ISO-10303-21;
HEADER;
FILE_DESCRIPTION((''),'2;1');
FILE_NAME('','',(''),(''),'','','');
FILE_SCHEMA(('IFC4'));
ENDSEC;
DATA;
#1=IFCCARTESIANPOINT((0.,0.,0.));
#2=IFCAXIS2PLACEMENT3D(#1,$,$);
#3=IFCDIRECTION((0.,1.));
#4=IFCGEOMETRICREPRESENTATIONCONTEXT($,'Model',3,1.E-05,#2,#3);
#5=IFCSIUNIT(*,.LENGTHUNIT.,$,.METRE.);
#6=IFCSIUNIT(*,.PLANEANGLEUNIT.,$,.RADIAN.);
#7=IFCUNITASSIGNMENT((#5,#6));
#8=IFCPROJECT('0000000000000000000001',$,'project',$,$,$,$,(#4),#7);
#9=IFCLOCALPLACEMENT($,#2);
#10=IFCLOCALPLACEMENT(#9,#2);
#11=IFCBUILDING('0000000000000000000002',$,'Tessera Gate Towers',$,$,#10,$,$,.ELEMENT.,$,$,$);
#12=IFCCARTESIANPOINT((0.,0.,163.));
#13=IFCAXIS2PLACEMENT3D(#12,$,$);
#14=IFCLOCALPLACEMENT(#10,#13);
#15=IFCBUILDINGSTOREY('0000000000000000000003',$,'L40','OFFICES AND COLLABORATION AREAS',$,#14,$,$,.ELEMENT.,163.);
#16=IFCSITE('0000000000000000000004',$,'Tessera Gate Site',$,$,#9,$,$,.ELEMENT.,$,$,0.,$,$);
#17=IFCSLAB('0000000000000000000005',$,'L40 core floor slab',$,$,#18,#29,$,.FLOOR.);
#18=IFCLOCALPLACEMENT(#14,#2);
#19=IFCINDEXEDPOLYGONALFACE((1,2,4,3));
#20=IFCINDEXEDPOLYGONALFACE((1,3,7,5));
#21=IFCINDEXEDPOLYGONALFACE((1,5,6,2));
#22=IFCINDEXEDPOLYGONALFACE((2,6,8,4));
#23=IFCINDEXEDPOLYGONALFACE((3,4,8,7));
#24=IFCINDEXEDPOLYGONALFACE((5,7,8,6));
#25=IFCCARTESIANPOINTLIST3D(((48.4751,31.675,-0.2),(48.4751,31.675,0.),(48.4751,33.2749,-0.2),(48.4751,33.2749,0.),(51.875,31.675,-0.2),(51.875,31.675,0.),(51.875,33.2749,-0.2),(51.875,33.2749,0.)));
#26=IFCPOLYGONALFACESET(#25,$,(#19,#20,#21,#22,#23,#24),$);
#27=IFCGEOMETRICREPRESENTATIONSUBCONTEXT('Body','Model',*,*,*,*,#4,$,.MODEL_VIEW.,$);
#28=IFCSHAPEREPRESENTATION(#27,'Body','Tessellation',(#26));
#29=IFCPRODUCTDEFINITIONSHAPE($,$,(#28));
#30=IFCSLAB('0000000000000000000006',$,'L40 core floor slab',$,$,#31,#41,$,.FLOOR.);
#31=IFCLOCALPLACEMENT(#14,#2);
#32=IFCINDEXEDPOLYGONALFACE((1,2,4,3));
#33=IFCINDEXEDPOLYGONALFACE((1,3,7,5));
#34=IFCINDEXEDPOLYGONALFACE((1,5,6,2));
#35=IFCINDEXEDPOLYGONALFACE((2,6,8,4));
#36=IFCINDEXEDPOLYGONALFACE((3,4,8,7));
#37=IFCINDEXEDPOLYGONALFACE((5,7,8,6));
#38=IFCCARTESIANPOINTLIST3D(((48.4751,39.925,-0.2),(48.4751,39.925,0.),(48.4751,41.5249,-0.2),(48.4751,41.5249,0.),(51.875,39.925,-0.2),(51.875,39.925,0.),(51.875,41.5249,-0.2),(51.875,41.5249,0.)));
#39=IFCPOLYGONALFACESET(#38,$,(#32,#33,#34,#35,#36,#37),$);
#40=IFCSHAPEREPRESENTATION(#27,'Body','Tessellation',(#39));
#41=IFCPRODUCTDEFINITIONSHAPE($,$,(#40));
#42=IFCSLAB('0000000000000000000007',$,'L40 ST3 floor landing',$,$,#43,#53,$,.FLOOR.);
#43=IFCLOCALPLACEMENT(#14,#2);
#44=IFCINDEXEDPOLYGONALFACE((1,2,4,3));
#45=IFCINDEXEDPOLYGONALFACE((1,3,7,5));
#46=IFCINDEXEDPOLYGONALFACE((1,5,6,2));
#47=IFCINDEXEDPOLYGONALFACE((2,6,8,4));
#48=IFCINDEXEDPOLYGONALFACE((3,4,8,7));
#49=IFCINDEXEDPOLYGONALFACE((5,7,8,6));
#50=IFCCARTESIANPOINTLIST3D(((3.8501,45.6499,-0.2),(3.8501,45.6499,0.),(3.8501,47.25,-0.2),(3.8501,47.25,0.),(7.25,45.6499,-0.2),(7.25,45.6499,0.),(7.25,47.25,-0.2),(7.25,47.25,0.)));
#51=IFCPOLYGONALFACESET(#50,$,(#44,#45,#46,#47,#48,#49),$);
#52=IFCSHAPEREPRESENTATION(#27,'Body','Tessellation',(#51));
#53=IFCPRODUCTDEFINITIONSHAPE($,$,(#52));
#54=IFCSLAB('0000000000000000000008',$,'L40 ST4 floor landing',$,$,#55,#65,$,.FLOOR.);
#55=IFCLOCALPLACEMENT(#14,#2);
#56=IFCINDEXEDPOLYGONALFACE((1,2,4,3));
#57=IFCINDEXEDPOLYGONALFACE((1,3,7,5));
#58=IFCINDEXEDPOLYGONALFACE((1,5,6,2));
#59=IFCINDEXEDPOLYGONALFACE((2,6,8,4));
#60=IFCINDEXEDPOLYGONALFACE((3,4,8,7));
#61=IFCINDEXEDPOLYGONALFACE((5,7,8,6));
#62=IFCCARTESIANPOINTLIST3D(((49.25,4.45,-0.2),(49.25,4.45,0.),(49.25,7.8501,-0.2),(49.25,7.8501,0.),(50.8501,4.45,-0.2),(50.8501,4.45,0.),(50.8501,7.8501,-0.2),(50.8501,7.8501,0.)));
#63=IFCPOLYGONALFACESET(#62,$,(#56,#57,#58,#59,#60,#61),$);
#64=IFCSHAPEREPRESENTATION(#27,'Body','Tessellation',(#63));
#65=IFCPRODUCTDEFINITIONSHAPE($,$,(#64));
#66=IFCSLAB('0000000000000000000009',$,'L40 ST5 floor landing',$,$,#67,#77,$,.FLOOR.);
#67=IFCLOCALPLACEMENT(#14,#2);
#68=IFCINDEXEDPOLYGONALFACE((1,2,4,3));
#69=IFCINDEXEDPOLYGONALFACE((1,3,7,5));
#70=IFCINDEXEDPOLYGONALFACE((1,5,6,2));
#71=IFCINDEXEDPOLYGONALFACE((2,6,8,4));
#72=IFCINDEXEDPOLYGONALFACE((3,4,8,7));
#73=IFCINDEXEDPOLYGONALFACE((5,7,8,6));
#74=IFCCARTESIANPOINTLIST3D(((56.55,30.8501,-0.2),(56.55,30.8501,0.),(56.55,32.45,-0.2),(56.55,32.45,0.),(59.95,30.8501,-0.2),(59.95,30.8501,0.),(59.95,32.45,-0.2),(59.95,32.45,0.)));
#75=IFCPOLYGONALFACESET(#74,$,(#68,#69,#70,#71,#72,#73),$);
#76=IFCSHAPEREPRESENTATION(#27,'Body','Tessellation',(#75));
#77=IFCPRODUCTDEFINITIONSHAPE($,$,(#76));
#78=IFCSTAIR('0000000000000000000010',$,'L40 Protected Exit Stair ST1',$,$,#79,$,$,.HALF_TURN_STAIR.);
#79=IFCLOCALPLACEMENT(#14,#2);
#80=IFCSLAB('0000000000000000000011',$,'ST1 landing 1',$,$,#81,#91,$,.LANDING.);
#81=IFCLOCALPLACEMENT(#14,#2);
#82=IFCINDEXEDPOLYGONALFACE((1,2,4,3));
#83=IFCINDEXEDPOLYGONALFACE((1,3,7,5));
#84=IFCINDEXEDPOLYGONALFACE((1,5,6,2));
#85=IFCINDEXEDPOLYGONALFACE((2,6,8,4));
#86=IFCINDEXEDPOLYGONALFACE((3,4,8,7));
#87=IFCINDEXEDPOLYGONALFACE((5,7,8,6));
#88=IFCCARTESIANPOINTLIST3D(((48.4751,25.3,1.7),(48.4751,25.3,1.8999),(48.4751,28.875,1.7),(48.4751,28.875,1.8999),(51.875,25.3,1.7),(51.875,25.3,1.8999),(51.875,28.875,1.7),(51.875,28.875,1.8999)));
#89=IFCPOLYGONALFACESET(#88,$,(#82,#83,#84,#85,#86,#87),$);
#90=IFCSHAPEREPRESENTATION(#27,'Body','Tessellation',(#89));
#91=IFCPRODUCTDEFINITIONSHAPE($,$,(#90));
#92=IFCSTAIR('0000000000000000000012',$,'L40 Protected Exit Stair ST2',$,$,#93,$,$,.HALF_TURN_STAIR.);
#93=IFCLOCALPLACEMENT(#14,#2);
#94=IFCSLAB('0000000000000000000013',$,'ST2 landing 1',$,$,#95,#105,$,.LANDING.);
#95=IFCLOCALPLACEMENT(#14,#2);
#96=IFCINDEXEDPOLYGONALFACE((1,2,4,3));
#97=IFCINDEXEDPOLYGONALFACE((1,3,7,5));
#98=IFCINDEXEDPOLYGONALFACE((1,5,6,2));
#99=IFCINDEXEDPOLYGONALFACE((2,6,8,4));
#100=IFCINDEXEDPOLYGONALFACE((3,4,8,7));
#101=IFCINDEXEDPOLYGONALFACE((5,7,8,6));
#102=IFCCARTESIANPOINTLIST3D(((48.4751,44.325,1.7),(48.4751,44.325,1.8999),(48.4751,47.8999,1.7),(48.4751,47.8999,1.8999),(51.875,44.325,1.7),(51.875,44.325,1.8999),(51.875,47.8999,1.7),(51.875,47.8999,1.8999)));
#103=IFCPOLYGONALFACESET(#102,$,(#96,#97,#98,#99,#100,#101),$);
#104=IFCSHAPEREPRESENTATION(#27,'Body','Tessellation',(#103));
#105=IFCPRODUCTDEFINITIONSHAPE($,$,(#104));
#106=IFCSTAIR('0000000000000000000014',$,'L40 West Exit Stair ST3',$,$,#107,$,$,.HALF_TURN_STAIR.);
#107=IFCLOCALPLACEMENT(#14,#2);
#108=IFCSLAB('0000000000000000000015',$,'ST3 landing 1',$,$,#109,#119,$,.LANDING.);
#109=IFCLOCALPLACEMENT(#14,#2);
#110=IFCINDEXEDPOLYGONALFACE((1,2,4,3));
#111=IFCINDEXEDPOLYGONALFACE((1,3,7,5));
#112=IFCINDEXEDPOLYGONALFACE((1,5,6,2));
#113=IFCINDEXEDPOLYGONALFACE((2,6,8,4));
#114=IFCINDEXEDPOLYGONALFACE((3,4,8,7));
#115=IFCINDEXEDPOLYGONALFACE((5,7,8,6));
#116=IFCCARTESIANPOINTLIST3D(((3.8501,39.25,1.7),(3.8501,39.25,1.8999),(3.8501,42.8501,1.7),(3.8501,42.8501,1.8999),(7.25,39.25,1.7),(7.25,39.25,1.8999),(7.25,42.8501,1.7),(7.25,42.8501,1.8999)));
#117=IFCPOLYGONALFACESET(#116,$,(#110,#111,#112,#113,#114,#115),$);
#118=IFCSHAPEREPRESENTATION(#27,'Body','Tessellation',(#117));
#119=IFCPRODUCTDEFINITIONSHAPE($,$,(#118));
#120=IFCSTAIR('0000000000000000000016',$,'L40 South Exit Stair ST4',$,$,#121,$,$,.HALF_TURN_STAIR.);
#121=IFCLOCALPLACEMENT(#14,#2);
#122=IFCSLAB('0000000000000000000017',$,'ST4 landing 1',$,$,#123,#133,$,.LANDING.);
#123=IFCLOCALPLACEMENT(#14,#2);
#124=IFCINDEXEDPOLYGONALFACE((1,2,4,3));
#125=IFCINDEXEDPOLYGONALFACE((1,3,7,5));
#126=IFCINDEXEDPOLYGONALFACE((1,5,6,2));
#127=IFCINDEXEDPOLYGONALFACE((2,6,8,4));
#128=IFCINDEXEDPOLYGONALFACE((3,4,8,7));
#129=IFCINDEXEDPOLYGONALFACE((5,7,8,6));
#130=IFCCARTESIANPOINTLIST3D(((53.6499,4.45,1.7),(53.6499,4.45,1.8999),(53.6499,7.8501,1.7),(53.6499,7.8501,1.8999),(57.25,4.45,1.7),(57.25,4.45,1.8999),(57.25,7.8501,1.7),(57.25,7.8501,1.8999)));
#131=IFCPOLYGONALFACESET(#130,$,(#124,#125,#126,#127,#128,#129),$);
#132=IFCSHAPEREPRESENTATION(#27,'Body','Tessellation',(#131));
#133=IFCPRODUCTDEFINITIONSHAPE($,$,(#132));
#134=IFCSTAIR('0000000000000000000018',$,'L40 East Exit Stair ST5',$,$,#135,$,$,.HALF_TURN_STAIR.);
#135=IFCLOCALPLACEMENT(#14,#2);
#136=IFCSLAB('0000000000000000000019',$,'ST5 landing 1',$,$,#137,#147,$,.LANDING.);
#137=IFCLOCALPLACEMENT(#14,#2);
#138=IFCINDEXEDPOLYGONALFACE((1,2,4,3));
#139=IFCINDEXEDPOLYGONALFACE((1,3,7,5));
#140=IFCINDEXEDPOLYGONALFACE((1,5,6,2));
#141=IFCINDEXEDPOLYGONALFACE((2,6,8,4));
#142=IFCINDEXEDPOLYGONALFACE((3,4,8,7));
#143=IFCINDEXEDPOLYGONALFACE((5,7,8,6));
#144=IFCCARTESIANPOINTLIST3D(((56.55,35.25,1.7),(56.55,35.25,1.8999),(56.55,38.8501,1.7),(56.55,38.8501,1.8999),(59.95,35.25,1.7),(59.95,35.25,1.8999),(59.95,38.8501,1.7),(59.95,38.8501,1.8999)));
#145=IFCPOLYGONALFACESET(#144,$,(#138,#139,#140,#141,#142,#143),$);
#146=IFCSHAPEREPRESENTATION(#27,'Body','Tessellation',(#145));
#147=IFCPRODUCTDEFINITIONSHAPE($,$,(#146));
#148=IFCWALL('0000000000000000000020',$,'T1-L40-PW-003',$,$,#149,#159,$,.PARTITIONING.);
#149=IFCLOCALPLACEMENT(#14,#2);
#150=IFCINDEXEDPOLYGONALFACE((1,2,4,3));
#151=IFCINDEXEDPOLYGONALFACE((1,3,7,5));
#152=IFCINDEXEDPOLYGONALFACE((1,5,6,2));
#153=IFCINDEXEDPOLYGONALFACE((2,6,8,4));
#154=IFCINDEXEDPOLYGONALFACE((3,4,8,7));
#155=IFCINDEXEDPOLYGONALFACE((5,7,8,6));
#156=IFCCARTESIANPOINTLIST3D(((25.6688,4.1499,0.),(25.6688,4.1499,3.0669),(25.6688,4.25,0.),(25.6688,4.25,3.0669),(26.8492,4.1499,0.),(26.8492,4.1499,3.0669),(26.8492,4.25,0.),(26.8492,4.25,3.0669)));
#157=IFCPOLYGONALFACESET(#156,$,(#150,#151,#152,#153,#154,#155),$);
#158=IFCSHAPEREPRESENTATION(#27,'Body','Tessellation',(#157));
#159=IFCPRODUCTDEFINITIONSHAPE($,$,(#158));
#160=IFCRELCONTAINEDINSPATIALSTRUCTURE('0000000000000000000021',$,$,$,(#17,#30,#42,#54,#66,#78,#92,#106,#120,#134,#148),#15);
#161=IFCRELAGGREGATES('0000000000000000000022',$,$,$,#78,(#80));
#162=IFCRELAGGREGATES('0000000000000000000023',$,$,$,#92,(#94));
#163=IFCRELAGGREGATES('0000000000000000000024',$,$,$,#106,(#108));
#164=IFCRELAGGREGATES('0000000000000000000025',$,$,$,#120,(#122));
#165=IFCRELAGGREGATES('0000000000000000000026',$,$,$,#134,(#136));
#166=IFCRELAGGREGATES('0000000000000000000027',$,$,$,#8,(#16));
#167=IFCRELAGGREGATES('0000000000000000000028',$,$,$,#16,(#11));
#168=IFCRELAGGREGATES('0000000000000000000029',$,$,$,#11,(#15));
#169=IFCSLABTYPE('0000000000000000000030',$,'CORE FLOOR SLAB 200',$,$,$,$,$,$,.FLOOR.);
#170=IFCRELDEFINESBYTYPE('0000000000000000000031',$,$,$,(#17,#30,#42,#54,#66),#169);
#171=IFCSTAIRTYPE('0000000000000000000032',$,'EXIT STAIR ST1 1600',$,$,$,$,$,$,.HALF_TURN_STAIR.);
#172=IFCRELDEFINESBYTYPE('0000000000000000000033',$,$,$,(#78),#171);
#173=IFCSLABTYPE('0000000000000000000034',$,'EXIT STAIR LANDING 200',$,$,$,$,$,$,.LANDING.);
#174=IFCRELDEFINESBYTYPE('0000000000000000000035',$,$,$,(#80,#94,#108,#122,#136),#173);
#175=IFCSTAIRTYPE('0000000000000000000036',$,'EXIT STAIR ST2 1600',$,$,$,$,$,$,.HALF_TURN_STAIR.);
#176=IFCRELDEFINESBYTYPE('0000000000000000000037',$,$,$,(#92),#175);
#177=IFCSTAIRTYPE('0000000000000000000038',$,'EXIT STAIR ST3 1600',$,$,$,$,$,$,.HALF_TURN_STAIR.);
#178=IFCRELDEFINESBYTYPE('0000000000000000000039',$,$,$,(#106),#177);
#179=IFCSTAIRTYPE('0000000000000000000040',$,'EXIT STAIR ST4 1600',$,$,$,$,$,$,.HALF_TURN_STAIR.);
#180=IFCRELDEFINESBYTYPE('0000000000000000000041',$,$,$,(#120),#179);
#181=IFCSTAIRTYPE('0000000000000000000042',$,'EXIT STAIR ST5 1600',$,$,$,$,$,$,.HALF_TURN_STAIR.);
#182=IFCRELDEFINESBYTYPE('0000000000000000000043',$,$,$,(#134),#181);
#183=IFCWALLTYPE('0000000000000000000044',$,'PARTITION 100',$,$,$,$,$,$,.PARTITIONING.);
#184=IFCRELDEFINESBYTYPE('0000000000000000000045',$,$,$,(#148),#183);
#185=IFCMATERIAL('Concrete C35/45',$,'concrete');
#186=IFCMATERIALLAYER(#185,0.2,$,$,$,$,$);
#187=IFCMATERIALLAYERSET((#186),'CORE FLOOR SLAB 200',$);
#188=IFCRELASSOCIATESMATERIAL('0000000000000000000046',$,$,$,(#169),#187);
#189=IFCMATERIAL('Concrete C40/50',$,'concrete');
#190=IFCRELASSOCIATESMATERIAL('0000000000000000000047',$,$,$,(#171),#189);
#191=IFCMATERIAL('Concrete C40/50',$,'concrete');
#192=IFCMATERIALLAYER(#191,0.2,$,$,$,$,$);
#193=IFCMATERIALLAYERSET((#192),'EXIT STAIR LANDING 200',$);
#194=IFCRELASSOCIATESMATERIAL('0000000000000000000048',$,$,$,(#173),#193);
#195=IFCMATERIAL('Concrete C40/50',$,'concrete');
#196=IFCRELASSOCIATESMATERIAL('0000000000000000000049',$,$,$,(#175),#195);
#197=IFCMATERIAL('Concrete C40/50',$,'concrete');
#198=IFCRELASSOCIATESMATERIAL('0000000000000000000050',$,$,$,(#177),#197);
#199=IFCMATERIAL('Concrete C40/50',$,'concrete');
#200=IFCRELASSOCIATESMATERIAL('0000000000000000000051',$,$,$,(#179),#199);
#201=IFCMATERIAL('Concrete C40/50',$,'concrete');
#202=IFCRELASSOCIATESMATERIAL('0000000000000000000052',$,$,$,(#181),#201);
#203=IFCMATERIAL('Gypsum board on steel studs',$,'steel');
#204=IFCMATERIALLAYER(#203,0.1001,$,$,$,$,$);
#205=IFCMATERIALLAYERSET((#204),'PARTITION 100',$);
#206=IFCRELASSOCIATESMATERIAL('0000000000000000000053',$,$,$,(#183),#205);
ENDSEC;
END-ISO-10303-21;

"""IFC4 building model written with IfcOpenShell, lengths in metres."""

from ifc_helpers import new_model, si_unit, direction, frame, frame_2d, origin, place, context, subcontext, project, spatial, polyline, rectangle, outline, extrude, material, layer, layer_set, type_object, element, aggregate, save


model = new_model("IFC4")

# Units and contexts
model_context = context("Model", 3, precision=1e-05, world=origin(), true_north=direction((0.0, 1.0)))
body_context = subcontext(model_context, "Body", "Model", "MODEL_VIEW")
ifc_project = project(units=[si_unit("LENGTHUNIT", "METRE"), si_unit("PLANEANGLEUNIT", "RADIAN")], contexts=[model_context])

# Site, building, storey
site_placement = place(None, origin())
site = spatial("IfcSite", under=ifc_project, at=site_placement, Name="Tessera Gate Site", CompositionType="ELEMENT", RefElevation=0.0)
building_placement = place(site_placement, origin())
building = spatial("IfcBuilding", under=site, at=building_placement, Name="Tessera Gate Towers", CompositionType="ELEMENT")
storey_placement = place(building_placement, frame((0.0, 0.0, 163.0)))
storey = spatial("IfcBuildingStorey", under=building, at=storey_placement, Name="L40", Description="OFFICES AND COLLABORATION AREAS", CompositionType="ELEMENT", Elevation=163.0)

# Slabs
ifc_material_1 = material(Name="Concrete C35/45", Category="concrete")
ifc_layer_1 = layer(ifc_material_1, 0.2)
ifc_layer_set_1 = layer_set([ifc_layer_1], Name="CORE FLOOR SLAB 200")
slab_type_1 = type_object("IfcSlabType", Name="CORE FLOOR SLAB 200", PredefinedType="FLOOR", material=ifc_layer_set_1)
slab_1_placement = place(storey_placement, frame((0.0, 0.0, -0.2)))
element("IfcSlab", 1, at=slab_1_placement, inside=storey, type_object=slab_type_1, Name="L40 core floor slab", PredefinedType="FLOOR", context=body_context, shape_type="SweptSolid", body=[
    extrude(outline(polyline([(51.875, 31.675), (51.875, 33.2749), (48.4751, 33.2749), (48.4751, 31.675), (51.875, 31.675)])), origin(), (0.0, 0.0, 1.0), 0.2),
])
slab_2_placement = place(storey_placement, frame((0.0, 0.0, -0.2)))
element("IfcSlab", 2, at=slab_2_placement, inside=storey, type_object=slab_type_1, Name="L40 core floor slab", PredefinedType="FLOOR", context=body_context, shape_type="SweptSolid", body=[
    extrude(outline(polyline([(48.4751, 41.5249), (48.4751, 39.925), (51.875, 39.925), (51.875, 41.5249), (48.4751, 41.5249)])), origin(), (0.0, 0.0, 1.0), 0.2),
])
slab_3_placement = place(storey_placement, frame((0.0, 0.0, -0.2)))
element("IfcSlab", 3, at=slab_3_placement, inside=storey, type_object=slab_type_1, Name="L40 ST3 floor landing", PredefinedType="FLOOR", context=body_context, shape_type="SweptSolid", body=[
    extrude(outline(polyline([(3.8501, 47.25), (3.8501, 45.6499), (7.25, 45.6499), (7.25, 47.25), (3.8501, 47.25)])), origin(), (0.0, 0.0, 1.0), 0.2),
])
slab_4_placement = place(storey_placement, frame((0.0, 0.0, -0.2)))
element("IfcSlab", 4, at=slab_4_placement, inside=storey, type_object=slab_type_1, Name="L40 ST4 floor landing", PredefinedType="FLOOR", context=body_context, shape_type="SweptSolid", body=[
    extrude(outline(polyline([(49.25, 4.45), (50.8501, 4.45), (50.8501, 7.8501), (49.25, 7.8501), (49.25, 4.45)])), origin(), (0.0, 0.0, 1.0), 0.2),
])
slab_5_placement = place(storey_placement, frame((0.0, 0.0, -0.2)))
element("IfcSlab", 5, at=slab_5_placement, inside=storey, type_object=slab_type_1, Name="L40 ST5 floor landing", PredefinedType="FLOOR", context=body_context, shape_type="SweptSolid", body=[
    extrude(outline(polyline([(59.95, 30.8501), (59.95, 32.45), (56.55, 32.45), (56.55, 30.8501), (59.95, 30.8501)])), origin(), (0.0, 0.0, 1.0), 0.2),
])

# Stairs, slabs
ifc_material_2 = material(Name="Concrete C40/50", Category="concrete")
stair_type_1 = type_object("IfcStairType", Name="EXIT STAIR ST1 1600", PredefinedType="HALF_TURN_STAIR", material=ifc_material_2)
stair_1_placement = place(storey_placement, origin())
stair_1 = element("IfcStair", 6, at=stair_1_placement, inside=storey, type_object=stair_type_1, Name="L40 Protected Exit Stair ST1", PredefinedType="HALF_TURN_STAIR")
ifc_material_3 = material(Name="Concrete C40/50", Category="concrete")
ifc_layer_2 = layer(ifc_material_3, 0.2)
ifc_layer_set_2 = layer_set([ifc_layer_2], Name="EXIT STAIR LANDING 200")
slab_type_2 = type_object("IfcSlabType", Name="EXIT STAIR LANDING 200", PredefinedType="LANDING", material=ifc_layer_set_2)
slab_6_placement = place(storey_placement, frame((0.0, 0.0, 1.7)))
slab_6 = element("IfcSlab", 7, at=slab_6_placement, type_object=slab_type_2, Name="ST1 landing 1", PredefinedType="LANDING", context=body_context, shape_type="SweptSolid", body=[
    extrude(outline(polyline([(48.4751, 28.875), (48.4751, 25.3), (51.875, 25.3), (51.875, 28.875), (48.4751, 28.875)])), origin(), (0.0, 0.0, 1.0), 0.2),
])
aggregate(stair_1, [slab_6])
ifc_material_4 = material(Name="Concrete C40/50", Category="concrete")
stair_type_2 = type_object("IfcStairType", Name="EXIT STAIR ST2 1600", PredefinedType="HALF_TURN_STAIR", material=ifc_material_4)
stair_2_placement = place(storey_placement, origin())
stair_2 = element("IfcStair", 8, at=stair_2_placement, inside=storey, type_object=stair_type_2, Name="L40 Protected Exit Stair ST2", PredefinedType="HALF_TURN_STAIR")
slab_7_placement = place(storey_placement, frame((0.0, 0.0, 1.7)))
slab_7 = element("IfcSlab", 9, at=slab_7_placement, type_object=slab_type_2, Name="ST2 landing 1", PredefinedType="LANDING", context=body_context, shape_type="SweptSolid", body=[
    extrude(outline(polyline([(51.875, 44.325), (51.875, 47.8999), (48.4751, 47.8999), (48.4751, 44.325), (51.875, 44.325)])), origin(), (0.0, 0.0, 1.0), 0.2),
])
aggregate(stair_2, [slab_7])
ifc_material_5 = material(Name="Concrete C40/50", Category="concrete")
stair_type_3 = type_object("IfcStairType", Name="EXIT STAIR ST3 1600", PredefinedType="HALF_TURN_STAIR", material=ifc_material_5)
stair_3_placement = place(storey_placement, origin())
stair_3 = element("IfcStair", 10, at=stair_3_placement, inside=storey, type_object=stair_type_3, Name="L40 West Exit Stair ST3", PredefinedType="HALF_TURN_STAIR")
slab_8_placement = place(storey_placement, frame((0.0, 0.0, 1.7)))
slab_8 = element("IfcSlab", 11, at=slab_8_placement, type_object=slab_type_2, Name="ST3 landing 1", PredefinedType="LANDING", context=body_context, shape_type="SweptSolid", body=[
    extrude(outline(polyline([(3.8501, 42.8501), (3.8501, 39.25), (7.25, 39.25), (7.25, 42.8501), (3.8501, 42.8501)])), origin(), (0.0, 0.0, 1.0), 0.2),
])
aggregate(stair_3, [slab_8])
ifc_material_6 = material(Name="Concrete C40/50", Category="concrete")
stair_type_4 = type_object("IfcStairType", Name="EXIT STAIR ST4 1600", PredefinedType="HALF_TURN_STAIR", material=ifc_material_6)
stair_4_placement = place(storey_placement, origin())
stair_4 = element("IfcStair", 12, at=stair_4_placement, inside=storey, type_object=stair_type_4, Name="L40 South Exit Stair ST4", PredefinedType="HALF_TURN_STAIR")
slab_9_placement = place(storey_placement, frame((0.0, 0.0, 1.7)))
slab_9 = element("IfcSlab", 13, at=slab_9_placement, type_object=slab_type_2, Name="ST4 landing 1", PredefinedType="LANDING", context=body_context, shape_type="SweptSolid", body=[
    extrude(outline(polyline([(53.6499, 4.45), (57.25, 4.45), (57.25, 7.8501), (53.6499, 7.8501), (53.6499, 4.45)])), origin(), (0.0, 0.0, 1.0), 0.2),
])
aggregate(stair_4, [slab_9])
ifc_material_7 = material(Name="Concrete C40/50", Category="concrete")
stair_type_5 = type_object("IfcStairType", Name="EXIT STAIR ST5 1600", PredefinedType="HALF_TURN_STAIR", material=ifc_material_7)
stair_5_placement = place(storey_placement, origin())
stair_5 = element("IfcStair", 14, at=stair_5_placement, inside=storey, type_object=stair_type_5, Name="L40 East Exit Stair ST5", PredefinedType="HALF_TURN_STAIR")
slab_10_placement = place(storey_placement, frame((0.0, 0.0, 1.7)))
slab_10 = element("IfcSlab", 15, at=slab_10_placement, type_object=slab_type_2, Name="ST5 landing 1", PredefinedType="LANDING", context=body_context, shape_type="SweptSolid", body=[
    extrude(outline(polyline([(59.95, 35.25), (59.95, 38.8501), (56.55, 38.8501), (56.55, 35.25), (59.95, 35.25)])), origin(), (0.0, 0.0, 1.0), 0.2),
])
aggregate(stair_5, [slab_10])

# Wall
ifc_material_8 = material(Name="Gypsum board on steel studs", Category="steel")
ifc_layer_3 = layer(ifc_material_8, 0.1001)
ifc_layer_set_3 = layer_set([ifc_layer_3], Name="PARTITION 100")
wall_type_1 = type_object("IfcWallType", Name="PARTITION 100", PredefinedType="PARTITIONING", material=ifc_layer_set_3)
wall_1_placement = place(storey_placement, frame((25.6687, 4.2, 0.0), z_axis=(0.0, 0.0, 1.0), x_axis=(1.0, 0.0, 0.0)))
element("IfcWall", 16, at=wall_1_placement, inside=storey, type_object=wall_type_1, Name="T1-L40-PW-003", PredefinedType="PARTITIONING", context=body_context, shape_type="SweptSolid", body=[
    extrude(rectangle(XDim=1.1804, YDim=0.1001, at=frame_2d((0.5903, 0.0))), origin(), (0.0, 0.0, 1.0), 3.0669),
])

save(model, "model.ifc")
